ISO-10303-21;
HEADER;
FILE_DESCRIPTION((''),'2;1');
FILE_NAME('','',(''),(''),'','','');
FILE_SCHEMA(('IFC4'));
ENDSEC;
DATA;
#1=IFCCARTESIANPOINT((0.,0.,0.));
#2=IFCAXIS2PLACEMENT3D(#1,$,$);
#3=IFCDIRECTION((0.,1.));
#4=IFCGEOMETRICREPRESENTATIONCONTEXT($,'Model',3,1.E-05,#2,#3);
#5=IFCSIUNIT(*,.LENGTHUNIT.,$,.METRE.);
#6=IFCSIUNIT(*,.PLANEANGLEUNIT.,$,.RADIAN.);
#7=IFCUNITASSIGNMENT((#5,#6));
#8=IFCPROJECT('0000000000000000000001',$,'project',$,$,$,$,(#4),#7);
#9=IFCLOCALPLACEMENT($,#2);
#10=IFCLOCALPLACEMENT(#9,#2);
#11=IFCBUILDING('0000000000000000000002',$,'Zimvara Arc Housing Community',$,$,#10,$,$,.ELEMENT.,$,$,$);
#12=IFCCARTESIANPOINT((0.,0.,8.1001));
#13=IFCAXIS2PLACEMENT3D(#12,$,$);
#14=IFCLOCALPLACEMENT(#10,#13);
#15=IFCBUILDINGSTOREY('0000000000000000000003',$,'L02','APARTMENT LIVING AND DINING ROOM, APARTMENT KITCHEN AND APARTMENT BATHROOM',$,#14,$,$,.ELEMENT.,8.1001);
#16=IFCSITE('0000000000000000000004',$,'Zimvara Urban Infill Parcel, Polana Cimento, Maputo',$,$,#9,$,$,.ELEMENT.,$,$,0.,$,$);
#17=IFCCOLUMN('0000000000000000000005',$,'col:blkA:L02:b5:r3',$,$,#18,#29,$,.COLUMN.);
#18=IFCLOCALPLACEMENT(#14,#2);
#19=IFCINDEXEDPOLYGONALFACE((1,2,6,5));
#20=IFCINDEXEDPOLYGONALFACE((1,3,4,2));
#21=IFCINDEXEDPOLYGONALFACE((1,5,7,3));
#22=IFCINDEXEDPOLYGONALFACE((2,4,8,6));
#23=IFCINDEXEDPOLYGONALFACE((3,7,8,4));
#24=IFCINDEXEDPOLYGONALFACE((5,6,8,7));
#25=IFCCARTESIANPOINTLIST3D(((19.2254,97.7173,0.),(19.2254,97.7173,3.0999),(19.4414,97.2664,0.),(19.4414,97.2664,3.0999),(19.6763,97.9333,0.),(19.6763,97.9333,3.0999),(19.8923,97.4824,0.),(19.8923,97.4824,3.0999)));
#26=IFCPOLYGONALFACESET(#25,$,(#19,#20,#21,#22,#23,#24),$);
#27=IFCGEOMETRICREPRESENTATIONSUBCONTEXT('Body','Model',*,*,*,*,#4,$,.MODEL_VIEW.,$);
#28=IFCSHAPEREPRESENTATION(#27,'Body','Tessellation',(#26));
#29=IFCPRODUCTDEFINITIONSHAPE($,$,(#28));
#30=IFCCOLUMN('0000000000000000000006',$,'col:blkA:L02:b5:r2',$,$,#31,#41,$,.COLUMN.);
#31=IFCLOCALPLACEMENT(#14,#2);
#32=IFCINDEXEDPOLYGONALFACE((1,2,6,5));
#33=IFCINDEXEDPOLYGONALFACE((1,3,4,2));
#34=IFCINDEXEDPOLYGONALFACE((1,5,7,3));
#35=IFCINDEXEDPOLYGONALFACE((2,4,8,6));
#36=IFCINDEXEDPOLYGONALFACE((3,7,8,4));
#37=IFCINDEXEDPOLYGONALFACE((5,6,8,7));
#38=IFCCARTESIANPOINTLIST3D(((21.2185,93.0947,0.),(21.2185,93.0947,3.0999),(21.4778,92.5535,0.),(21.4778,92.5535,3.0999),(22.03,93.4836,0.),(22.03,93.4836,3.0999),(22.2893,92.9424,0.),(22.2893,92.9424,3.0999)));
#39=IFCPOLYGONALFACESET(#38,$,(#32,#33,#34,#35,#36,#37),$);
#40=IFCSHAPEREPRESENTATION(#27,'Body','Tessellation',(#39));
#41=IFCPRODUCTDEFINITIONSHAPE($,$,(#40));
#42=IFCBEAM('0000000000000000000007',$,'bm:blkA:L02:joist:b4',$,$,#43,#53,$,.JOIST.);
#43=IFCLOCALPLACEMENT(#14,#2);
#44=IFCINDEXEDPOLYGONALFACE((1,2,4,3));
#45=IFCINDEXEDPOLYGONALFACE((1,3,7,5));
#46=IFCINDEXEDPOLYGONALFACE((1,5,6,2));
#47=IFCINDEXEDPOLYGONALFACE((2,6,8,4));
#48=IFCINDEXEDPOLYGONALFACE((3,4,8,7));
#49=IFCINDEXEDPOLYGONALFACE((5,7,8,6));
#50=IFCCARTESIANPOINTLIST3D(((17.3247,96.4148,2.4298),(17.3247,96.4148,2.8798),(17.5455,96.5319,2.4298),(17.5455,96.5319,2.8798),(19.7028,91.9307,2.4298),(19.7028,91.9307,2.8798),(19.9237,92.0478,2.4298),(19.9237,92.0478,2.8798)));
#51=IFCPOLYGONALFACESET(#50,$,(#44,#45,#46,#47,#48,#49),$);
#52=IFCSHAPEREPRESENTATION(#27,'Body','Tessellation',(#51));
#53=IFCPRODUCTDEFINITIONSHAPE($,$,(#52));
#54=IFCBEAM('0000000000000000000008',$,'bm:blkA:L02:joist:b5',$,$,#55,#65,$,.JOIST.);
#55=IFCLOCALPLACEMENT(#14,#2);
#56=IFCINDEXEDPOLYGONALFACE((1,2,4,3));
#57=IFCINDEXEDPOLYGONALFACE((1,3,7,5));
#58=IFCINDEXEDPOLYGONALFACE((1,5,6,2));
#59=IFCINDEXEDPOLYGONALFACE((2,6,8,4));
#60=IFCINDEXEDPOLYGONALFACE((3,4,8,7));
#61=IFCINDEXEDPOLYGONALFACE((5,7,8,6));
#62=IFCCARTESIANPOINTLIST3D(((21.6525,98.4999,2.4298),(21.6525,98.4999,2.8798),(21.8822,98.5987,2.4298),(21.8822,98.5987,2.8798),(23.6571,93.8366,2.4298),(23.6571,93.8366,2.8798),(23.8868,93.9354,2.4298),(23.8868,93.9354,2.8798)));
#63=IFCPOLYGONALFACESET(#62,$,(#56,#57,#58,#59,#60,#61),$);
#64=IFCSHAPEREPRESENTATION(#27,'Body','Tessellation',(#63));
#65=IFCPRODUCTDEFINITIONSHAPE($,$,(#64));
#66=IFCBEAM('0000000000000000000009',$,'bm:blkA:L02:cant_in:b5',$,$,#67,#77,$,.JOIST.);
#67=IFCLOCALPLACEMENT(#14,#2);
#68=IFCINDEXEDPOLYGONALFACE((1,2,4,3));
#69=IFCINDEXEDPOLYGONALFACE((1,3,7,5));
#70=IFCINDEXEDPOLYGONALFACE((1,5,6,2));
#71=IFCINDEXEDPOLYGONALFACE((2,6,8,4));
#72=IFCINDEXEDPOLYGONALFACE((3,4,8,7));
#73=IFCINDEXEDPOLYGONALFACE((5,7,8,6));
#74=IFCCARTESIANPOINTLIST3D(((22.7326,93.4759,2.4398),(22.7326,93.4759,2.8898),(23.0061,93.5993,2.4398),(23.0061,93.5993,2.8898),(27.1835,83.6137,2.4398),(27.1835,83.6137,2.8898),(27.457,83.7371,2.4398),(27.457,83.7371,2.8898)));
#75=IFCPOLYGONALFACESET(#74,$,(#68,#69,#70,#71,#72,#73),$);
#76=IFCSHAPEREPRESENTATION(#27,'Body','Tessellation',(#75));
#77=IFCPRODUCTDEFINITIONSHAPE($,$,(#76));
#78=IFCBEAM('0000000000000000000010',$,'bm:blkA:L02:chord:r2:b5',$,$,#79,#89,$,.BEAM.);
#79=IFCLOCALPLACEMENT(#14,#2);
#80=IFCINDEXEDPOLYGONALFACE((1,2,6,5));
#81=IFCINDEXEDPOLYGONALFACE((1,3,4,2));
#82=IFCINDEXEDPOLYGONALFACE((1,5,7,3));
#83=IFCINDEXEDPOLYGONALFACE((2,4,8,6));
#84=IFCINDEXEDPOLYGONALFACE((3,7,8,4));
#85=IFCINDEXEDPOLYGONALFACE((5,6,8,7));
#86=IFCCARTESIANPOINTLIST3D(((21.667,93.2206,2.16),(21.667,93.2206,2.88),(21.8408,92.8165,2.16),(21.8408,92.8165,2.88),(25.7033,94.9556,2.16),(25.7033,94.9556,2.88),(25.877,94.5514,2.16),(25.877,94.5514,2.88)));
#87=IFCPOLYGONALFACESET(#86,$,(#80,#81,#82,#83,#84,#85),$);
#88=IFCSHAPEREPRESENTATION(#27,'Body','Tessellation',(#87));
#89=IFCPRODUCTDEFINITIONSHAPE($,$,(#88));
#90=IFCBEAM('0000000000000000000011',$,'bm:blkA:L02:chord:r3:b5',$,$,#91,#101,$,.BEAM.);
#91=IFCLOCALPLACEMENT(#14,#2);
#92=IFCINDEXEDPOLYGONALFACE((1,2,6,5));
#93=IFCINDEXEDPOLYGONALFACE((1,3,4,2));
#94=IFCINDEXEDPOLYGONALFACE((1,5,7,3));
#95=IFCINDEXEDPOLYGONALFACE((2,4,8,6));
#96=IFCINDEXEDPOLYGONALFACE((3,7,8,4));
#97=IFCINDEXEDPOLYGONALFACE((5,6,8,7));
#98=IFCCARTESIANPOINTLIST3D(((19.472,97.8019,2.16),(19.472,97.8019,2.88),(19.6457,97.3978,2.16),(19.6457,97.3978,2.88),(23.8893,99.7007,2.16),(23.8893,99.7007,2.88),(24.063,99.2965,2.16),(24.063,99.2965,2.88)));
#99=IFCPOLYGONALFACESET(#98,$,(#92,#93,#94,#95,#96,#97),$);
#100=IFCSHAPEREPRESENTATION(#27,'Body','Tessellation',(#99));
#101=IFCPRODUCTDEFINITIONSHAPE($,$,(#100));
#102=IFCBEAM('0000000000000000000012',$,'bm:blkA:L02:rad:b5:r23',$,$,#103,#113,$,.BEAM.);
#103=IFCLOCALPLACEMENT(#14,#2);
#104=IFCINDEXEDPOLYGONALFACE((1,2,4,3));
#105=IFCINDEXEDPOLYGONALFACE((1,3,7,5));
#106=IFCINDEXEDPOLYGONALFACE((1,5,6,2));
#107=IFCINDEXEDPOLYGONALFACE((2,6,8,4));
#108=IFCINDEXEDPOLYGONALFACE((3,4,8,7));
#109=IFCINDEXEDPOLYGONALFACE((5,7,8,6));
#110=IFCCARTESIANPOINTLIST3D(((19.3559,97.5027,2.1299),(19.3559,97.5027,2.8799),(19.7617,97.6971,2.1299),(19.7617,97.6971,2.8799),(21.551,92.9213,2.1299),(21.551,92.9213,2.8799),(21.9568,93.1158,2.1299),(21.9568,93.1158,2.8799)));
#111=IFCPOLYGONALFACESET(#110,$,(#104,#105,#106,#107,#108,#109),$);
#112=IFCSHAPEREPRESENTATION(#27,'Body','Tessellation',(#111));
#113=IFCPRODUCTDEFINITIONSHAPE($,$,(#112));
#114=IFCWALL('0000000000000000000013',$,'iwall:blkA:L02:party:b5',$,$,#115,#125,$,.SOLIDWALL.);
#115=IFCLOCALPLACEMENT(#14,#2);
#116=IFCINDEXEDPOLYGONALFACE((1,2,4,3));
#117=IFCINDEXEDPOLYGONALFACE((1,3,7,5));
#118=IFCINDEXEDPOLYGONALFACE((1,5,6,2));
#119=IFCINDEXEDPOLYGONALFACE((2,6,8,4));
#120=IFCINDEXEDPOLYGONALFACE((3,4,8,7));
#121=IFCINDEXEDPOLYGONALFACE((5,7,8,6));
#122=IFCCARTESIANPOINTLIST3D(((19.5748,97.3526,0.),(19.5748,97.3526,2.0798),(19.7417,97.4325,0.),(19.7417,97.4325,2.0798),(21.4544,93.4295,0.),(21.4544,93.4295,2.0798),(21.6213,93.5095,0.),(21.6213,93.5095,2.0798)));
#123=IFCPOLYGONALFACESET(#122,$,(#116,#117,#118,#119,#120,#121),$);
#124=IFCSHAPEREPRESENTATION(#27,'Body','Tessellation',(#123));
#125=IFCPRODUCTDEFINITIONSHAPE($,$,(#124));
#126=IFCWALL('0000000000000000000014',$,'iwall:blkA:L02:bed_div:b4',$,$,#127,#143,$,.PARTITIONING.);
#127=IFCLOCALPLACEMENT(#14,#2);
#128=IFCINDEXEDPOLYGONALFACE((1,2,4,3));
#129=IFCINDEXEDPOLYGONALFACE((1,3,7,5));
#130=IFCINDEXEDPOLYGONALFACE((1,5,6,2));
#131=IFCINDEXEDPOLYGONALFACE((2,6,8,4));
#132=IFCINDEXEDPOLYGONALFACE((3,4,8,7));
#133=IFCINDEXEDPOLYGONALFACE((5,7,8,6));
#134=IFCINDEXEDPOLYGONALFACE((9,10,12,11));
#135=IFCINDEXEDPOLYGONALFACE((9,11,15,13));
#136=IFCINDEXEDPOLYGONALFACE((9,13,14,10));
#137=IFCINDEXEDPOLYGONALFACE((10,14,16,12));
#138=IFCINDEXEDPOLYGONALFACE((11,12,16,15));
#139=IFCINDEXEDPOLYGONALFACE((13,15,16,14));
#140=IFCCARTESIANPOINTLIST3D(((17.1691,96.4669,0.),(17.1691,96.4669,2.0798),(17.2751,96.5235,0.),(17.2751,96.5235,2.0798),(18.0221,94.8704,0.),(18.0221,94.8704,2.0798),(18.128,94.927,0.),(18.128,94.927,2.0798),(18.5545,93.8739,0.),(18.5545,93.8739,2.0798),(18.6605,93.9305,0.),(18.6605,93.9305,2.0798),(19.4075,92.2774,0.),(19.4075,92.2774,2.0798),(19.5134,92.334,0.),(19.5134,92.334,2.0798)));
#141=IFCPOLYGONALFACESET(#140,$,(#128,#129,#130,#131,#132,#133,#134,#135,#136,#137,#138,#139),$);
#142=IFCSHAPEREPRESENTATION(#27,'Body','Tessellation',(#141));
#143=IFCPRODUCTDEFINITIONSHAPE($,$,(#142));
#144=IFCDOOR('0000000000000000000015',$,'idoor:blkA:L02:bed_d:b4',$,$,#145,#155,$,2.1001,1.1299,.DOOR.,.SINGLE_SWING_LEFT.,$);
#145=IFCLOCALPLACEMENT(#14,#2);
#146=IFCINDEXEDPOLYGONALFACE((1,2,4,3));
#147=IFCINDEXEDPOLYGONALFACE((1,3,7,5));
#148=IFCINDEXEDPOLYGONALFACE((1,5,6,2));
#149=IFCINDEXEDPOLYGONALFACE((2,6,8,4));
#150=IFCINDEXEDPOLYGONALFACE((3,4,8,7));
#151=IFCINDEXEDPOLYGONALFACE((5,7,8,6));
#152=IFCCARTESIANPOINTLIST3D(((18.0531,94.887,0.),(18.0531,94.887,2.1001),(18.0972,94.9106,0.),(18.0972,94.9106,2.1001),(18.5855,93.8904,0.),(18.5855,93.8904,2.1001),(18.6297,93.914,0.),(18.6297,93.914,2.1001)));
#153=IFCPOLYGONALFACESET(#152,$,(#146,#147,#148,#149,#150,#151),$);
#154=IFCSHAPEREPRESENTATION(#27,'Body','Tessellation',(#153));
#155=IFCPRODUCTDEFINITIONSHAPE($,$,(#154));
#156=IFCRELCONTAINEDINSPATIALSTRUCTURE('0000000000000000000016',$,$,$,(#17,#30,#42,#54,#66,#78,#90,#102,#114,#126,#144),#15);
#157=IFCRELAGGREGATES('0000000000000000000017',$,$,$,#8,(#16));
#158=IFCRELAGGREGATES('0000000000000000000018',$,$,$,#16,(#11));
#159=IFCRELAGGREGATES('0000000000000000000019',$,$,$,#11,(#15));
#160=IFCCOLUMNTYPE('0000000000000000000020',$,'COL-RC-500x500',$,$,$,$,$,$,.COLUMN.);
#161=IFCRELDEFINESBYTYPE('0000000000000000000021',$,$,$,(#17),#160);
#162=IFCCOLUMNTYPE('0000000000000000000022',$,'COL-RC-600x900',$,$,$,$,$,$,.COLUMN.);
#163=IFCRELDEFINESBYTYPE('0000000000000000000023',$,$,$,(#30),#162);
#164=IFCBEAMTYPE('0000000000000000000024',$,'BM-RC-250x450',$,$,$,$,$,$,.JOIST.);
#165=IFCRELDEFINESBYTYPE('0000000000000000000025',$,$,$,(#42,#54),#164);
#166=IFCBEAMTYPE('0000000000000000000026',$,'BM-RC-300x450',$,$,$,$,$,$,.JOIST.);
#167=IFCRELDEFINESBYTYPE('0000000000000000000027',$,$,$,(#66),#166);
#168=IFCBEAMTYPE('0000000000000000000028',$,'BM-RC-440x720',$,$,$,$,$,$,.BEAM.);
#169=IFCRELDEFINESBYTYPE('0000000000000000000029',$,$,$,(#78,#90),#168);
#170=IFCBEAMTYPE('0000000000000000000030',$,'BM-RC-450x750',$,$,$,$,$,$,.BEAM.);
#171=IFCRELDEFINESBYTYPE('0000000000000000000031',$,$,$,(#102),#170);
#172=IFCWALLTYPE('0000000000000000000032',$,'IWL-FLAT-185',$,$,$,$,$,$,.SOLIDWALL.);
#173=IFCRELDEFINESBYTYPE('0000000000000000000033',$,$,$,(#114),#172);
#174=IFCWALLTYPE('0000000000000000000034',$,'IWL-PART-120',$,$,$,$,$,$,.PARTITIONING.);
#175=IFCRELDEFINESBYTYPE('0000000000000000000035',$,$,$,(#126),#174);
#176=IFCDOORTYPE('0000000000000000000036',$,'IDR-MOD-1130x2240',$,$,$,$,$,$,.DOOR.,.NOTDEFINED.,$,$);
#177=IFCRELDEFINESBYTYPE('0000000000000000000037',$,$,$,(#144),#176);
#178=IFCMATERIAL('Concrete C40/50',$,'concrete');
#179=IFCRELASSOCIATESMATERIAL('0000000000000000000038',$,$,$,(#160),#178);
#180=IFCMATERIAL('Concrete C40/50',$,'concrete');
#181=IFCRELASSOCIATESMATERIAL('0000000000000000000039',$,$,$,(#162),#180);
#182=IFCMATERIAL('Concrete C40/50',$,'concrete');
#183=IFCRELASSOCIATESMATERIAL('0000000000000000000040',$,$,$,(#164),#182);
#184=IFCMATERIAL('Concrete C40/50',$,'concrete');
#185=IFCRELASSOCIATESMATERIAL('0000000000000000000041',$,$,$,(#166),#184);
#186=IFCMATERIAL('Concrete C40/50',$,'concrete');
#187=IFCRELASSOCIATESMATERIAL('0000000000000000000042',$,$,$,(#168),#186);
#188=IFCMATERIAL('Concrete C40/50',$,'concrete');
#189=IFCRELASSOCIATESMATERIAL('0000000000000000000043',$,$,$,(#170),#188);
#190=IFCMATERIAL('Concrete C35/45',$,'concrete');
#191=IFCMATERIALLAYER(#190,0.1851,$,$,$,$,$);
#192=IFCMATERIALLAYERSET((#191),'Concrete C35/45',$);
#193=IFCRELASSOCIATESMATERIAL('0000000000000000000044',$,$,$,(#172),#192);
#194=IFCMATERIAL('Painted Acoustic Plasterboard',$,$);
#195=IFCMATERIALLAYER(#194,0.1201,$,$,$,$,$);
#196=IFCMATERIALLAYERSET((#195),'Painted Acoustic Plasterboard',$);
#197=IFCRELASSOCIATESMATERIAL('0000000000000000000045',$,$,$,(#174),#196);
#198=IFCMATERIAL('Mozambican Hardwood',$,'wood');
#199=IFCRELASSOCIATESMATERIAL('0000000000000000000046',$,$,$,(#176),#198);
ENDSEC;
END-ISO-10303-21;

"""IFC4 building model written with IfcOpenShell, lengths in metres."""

from ifc_helpers import new_model, si_unit, direction, frame, frame_2d, origin, origin_2d, place, context, subcontext, project, spatial, rectangle, extrude, material, layer, layer_set, material_profile, profile_set, type_object, element, fill, save


model = new_model("IFC4")

# Units and contexts
model_context = context("Model", 3, precision=1e-05, world=origin(), true_north=direction((0.0, 1.0)))
body_context = subcontext(model_context, "Body", "Model", "MODEL_VIEW")
ifc_project = project(units=[si_unit("LENGTHUNIT", "METRE"), si_unit("PLANEANGLEUNIT", "RADIAN")], contexts=[model_context])

# Site, building, storey
site_placement = place(None, origin())
site = spatial("IfcSite", under=ifc_project, at=site_placement, Name="Zimvara Urban Infill Parcel, Polana Cimento, Maputo", CompositionType="ELEMENT", RefElevation=0.0)
building_placement = place(site_placement, origin())
building = spatial("IfcBuilding", under=site, at=building_placement, Name="Zimvara Arc Housing Community", CompositionType="ELEMENT")
storey_placement = place(building_placement, frame((0.0, 0.0, 8.1001)))
storey = spatial("IfcBuildingStorey", under=building, at=storey_placement, Name="L02", Description="APARTMENT LIVING AND DINING ROOM, APARTMENT KITCHEN AND APARTMENT BATHROOM", CompositionType="ELEMENT", Elevation=8.1001)

# Columns
ifc_material_1 = material(Name="Concrete C40/50", Category="concrete")
ifc_material_profile_1 = material_profile(ifc_material_1, rectangle(XDim=0.5, YDim=0.5, at=origin_2d()), Name="RC 500x500")
ifc_profile_set_1 = profile_set([ifc_material_profile_1], Name="Concrete C40/50")
column_type_1 = type_object("IfcColumnType", Name="COL-RC-500x500", PredefinedType="COLUMN", material=ifc_profile_set_1)
column_1_placement = place(storey_placement, frame((19.5588, 97.5999, 0.0), z_axis=(0.0, 0.0, 1.0), x_axis=(-0.432086, 0.901833, 0.0)))
element("IfcColumn", 1, at=column_1_placement, inside=storey, type_object=column_type_1, Name="col:blkA:L02:b5:r3", PredefinedType="COLUMN", context=body_context, shape_type="SweptSolid", body=[
    extrude(rectangle(XDim=0.5, YDim=0.5, at=origin_2d()), origin(), (0.0, 0.0, 1.0), 3.0999),
])
ifc_material_2 = material(Name="Concrete C40/50", Category="concrete")
ifc_material_profile_2 = material_profile(ifc_material_2, rectangle(XDim=0.6001, YDim=0.8999, at=origin_2d()), Name="RC 600x900")
ifc_profile_set_2 = profile_set([ifc_material_profile_2], Name="Concrete C40/50")
column_type_2 = type_object("IfcColumnType", Name="COL-RC-600x900", PredefinedType="COLUMN", material=ifc_profile_set_2)
column_2_placement = place(storey_placement, frame((21.7539, 93.0186, 0.0), z_axis=(0.0, 0.0, 1.0), x_axis=(-0.432086, 0.901833, 0.0)))
element("IfcColumn", 2, at=column_2_placement, inside=storey, type_object=column_type_2, Name="col:blkA:L02:b5:r2", PredefinedType="COLUMN", context=body_context, shape_type="SweptSolid", body=[
    extrude(rectangle(XDim=0.6001, YDim=0.8999, at=origin_2d()), origin(), (0.0, 0.0, 1.0), 3.0999),
])

# Beams
ifc_material_3 = material(Name="Concrete C40/50", Category="concrete")
ifc_material_profile_3 = material_profile(ifc_material_3, rectangle(XDim=0.25, YDim=0.45, at=origin_2d()), Name="RC 250x450")
ifc_profile_set_3 = profile_set([ifc_material_profile_3], Name="Concrete C40/50")
beam_type_1 = type_object("IfcBeamType", Name="BM-RC-250x450", PredefinedType="JOIST", material=ifc_profile_set_3)
beam_1_placement = place(storey_placement, frame((19.8132, 91.9893, 2.6548), z_axis=(-0.468537, 0.883444, 0.0), x_axis=(-0.883444, -0.468537, 0.0)))
element("IfcBeam", 3, at=beam_1_placement, inside=storey, type_object=beam_type_1, Name="bm:blkA:L02:joist:b4", PredefinedType="JOIST", context=body_context, shape_type="SweptSolid", body=[
    extrude(rectangle(XDim=0.25, YDim=0.45, at=origin_2d()), origin(), (0.0, 0.0, 1.0), 5.0757),
])
beam_2_placement = place(storey_placement, frame((23.772, 93.886, 2.6548), z_axis=(-0.394929, 0.918712, 0.0), x_axis=(-0.918712, -0.394929, 0.0)))
element("IfcBeam", 4, at=beam_2_placement, inside=storey, type_object=beam_type_1, Name="bm:blkA:L02:joist:b5", PredefinedType="JOIST", context=body_context, shape_type="SweptSolid", body=[
    extrude(rectangle(XDim=0.25, YDim=0.45, at=origin_2d()), origin(), (0.0, 0.0, 1.0), 5.0759),
])
ifc_material_4 = material(Name="Concrete C40/50", Category="concrete")
ifc_material_profile_4 = material_profile(ifc_material_4, rectangle(XDim=0.3, YDim=0.45, at=origin_2d()), Name="RC 300x450")
ifc_profile_set_4 = profile_set([ifc_material_profile_4], Name="Concrete C40/50")
beam_type_2 = type_object("IfcBeamType", Name="BM-RC-300x450", PredefinedType="JOIST", material=ifc_profile_set_4)
beam_3_placement = place(storey_placement, frame((22.8694, 93.5376, 2.6648), z_axis=(0.411355, -0.911475, 0.0), x_axis=(0.911475, 0.411355, 0.0)))
element("IfcBeam", 5, at=beam_3_placement, inside=storey, type_object=beam_type_2, Name="bm:blkA:L02:cant_in:b5", PredefinedType="JOIST", context=body_context, shape_type="SweptSolid", body=[
    extrude(rectangle(XDim=0.3, YDim=0.45, at=origin_2d()), origin(), (0.0, 0.0, 1.0), 10.8201),
])
ifc_material_5 = material(Name="Concrete C40/50", Category="concrete")
ifc_material_profile_5 = material_profile(ifc_material_5, rectangle(XDim=0.4399, YDim=0.72, at=origin_2d()), Name="RC 440x720")
ifc_profile_set_5 = profile_set([ifc_material_profile_5], Name="Concrete C40/50")
beam_type_3 = type_object("IfcBeamType", Name="BM-RC-440x720", PredefinedType="BEAM", material=ifc_profile_set_5)
beam_4_placement = place(storey_placement, frame((21.7539, 93.0186, 2.52), z_axis=(0.918725, 0.394898, 0.0), x_axis=(-0.394898, 0.918725, 0.0)))
element("IfcBeam", 6, at=beam_4_placement, inside=storey, type_object=beam_type_3, Name="bm:blkA:L02:chord:r2:b5", PredefinedType="BEAM", context=body_context, shape_type="SweptSolid", body=[
    extrude(rectangle(XDim=0.4399, YDim=0.72, at=origin_2d()), origin(), (0.0, 0.0, 1.0), 4.3933),
])
beam_5_placement = place(storey_placement, frame((19.5588, 97.5999, 2.52), z_axis=(0.918724, 0.3949, 0.0), x_axis=(-0.3949, 0.918724, 0.0)))
element("IfcBeam", 7, at=beam_5_placement, inside=storey, type_object=beam_type_3, Name="bm:blkA:L02:chord:r3:b5", PredefinedType="BEAM", context=body_context, shape_type="SweptSolid", body=[
    extrude(rectangle(XDim=0.4399, YDim=0.72, at=origin_2d()), origin(), (0.0, 0.0, 1.0), 4.8081),
])
ifc_material_6 = material(Name="Concrete C40/50", Category="concrete")
ifc_material_profile_6 = material_profile(ifc_material_6, rectangle(XDim=0.45, YDim=0.75, at=origin_2d()), Name="RC 450x750")
ifc_profile_set_6 = profile_set([ifc_material_profile_6], Name="Concrete C40/50")
beam_type_4 = type_object("IfcBeamType", Name="BM-RC-450x750", PredefinedType="BEAM", material=ifc_profile_set_6)
beam_6_placement = place(storey_placement, frame((21.7539, 93.0186, 2.5049), z_axis=(-0.432098, 0.901827, 0.0), x_axis=(-0.901827, -0.432098, 0.0)))
element("IfcBeam", 8, at=beam_6_placement, inside=storey, type_object=beam_type_4, Name="bm:blkA:L02:rad:b5:r23", PredefinedType="BEAM", context=body_context, shape_type="SweptSolid", body=[
    extrude(rectangle(XDim=0.45, YDim=0.75, at=origin_2d()), origin(), (0.0, 0.0, 1.0), 5.0801),
])

# Wall
ifc_material_7 = material(Name="Concrete C35/45", Category="concrete")
ifc_layer_1 = layer(ifc_material_7, 0.1851)
ifc_layer_set_1 = layer_set([ifc_layer_1], Name="Concrete C35/45")
wall_type_1 = type_object("IfcWallType", Name="IWL-FLAT-185", PredefinedType="SOLIDWALL", material=ifc_layer_set_1)
wall_1_placement = place(storey_placement, frame((21.5378, 93.4695, 0.0), z_axis=(0.0, 0.0, 1.0), x_axis=(-0.432087, 0.901832, 0.0)))
element("IfcWall", 9, at=wall_1_placement, inside=storey, type_object=wall_type_1, Name="iwall:blkA:L02:party:b5", PredefinedType="SOLIDWALL", context=body_context, shape_type="SweptSolid", body=[
    extrude(rectangle(XDim=4.3501, YDim=0.1851, at=frame_2d((2.175, 0.0))), origin(), (0.0, 0.0, 1.0), 2.0798),
])

# Wall, opening, door
ifc_material_8 = material(Name="Painted Acoustic Plasterboard")
ifc_layer_2 = layer(ifc_material_8, 0.1201)
ifc_layer_set_2 = layer_set([ifc_layer_2], Name="Painted Acoustic Plasterboard")
wall_type_2 = type_object("IfcWallType", Name="IWL-PART-120", PredefinedType="PARTITIONING", material=ifc_layer_set_2)
wall_2_placement = place(storey_placement, frame((19.4604, 92.3057, 0.0), z_axis=(0.0, 0.0, 1.0), x_axis=(-0.471228, 0.882011, 0.0)))
wall_2 = element("IfcWall", 10, at=wall_2_placement, inside=storey, type_object=wall_type_2, Name="iwall:blkA:L02:bed_div:b4", PredefinedType="PARTITIONING", context=body_context, shape_type="SweptSolid", body=[
    extrude(rectangle(XDim=4.75, YDim=0.1201, at=frame_2d((2.375, 0.0))), origin(), (0.0, 0.0, 1.0), 2.0798),
])
opening_1_placement = place(wall_2_placement, frame((1.8101, 0.0, 0.0)))
opening_1 = element("IfcOpeningElement", 11, at=opening_1_placement, cuts=wall_2, PredefinedType="OPENING", context=body_context, shape_type="SweptSolid", body=[
    extrude(rectangle(XDim=1.1299, YDim=2.1001, at=frame_2d((0.5649, 1.05))), frame((0.0, 0.0701, 0.0), z_axis=(0.0, -1.0, 0.0), x_axis=(1.0, 0.0, 0.0)), (0.0, 0.0, 1.0), 0.1401),
])
ifc_material_9 = material(Name="Mozambican Hardwood", Category="wood")
door_type_1 = type_object("IfcDoorType", Name="IDR-MOD-1130x2240", OperationType="NOTDEFINED", PredefinedType="DOOR", material=ifc_material_9)
door_1_placement = place(opening_1_placement, origin())
door_1 = element("IfcDoor", 12, at=door_1_placement, inside=storey, type_object=door_type_1, Name="idoor:blkA:L02:bed_d:b4", OperationType="SINGLE_SWING_LEFT", OverallHeight=2.1001, OverallWidth=1.1299, PredefinedType="DOOR", context=body_context, shape_type="SweptSolid", body=[
    extrude(rectangle(XDim=1.1299, YDim=2.1001, at=frame_2d((0.5649, 1.05))), frame((0.0, 0.0249, 0.0), z_axis=(0.0, -1.0, 0.0), x_axis=(1.0, 0.0, 0.0)), (0.0, 0.0, 1.0), 0.05),
])
fill(opening_1, door_1)

save(model, "model.ifc")
